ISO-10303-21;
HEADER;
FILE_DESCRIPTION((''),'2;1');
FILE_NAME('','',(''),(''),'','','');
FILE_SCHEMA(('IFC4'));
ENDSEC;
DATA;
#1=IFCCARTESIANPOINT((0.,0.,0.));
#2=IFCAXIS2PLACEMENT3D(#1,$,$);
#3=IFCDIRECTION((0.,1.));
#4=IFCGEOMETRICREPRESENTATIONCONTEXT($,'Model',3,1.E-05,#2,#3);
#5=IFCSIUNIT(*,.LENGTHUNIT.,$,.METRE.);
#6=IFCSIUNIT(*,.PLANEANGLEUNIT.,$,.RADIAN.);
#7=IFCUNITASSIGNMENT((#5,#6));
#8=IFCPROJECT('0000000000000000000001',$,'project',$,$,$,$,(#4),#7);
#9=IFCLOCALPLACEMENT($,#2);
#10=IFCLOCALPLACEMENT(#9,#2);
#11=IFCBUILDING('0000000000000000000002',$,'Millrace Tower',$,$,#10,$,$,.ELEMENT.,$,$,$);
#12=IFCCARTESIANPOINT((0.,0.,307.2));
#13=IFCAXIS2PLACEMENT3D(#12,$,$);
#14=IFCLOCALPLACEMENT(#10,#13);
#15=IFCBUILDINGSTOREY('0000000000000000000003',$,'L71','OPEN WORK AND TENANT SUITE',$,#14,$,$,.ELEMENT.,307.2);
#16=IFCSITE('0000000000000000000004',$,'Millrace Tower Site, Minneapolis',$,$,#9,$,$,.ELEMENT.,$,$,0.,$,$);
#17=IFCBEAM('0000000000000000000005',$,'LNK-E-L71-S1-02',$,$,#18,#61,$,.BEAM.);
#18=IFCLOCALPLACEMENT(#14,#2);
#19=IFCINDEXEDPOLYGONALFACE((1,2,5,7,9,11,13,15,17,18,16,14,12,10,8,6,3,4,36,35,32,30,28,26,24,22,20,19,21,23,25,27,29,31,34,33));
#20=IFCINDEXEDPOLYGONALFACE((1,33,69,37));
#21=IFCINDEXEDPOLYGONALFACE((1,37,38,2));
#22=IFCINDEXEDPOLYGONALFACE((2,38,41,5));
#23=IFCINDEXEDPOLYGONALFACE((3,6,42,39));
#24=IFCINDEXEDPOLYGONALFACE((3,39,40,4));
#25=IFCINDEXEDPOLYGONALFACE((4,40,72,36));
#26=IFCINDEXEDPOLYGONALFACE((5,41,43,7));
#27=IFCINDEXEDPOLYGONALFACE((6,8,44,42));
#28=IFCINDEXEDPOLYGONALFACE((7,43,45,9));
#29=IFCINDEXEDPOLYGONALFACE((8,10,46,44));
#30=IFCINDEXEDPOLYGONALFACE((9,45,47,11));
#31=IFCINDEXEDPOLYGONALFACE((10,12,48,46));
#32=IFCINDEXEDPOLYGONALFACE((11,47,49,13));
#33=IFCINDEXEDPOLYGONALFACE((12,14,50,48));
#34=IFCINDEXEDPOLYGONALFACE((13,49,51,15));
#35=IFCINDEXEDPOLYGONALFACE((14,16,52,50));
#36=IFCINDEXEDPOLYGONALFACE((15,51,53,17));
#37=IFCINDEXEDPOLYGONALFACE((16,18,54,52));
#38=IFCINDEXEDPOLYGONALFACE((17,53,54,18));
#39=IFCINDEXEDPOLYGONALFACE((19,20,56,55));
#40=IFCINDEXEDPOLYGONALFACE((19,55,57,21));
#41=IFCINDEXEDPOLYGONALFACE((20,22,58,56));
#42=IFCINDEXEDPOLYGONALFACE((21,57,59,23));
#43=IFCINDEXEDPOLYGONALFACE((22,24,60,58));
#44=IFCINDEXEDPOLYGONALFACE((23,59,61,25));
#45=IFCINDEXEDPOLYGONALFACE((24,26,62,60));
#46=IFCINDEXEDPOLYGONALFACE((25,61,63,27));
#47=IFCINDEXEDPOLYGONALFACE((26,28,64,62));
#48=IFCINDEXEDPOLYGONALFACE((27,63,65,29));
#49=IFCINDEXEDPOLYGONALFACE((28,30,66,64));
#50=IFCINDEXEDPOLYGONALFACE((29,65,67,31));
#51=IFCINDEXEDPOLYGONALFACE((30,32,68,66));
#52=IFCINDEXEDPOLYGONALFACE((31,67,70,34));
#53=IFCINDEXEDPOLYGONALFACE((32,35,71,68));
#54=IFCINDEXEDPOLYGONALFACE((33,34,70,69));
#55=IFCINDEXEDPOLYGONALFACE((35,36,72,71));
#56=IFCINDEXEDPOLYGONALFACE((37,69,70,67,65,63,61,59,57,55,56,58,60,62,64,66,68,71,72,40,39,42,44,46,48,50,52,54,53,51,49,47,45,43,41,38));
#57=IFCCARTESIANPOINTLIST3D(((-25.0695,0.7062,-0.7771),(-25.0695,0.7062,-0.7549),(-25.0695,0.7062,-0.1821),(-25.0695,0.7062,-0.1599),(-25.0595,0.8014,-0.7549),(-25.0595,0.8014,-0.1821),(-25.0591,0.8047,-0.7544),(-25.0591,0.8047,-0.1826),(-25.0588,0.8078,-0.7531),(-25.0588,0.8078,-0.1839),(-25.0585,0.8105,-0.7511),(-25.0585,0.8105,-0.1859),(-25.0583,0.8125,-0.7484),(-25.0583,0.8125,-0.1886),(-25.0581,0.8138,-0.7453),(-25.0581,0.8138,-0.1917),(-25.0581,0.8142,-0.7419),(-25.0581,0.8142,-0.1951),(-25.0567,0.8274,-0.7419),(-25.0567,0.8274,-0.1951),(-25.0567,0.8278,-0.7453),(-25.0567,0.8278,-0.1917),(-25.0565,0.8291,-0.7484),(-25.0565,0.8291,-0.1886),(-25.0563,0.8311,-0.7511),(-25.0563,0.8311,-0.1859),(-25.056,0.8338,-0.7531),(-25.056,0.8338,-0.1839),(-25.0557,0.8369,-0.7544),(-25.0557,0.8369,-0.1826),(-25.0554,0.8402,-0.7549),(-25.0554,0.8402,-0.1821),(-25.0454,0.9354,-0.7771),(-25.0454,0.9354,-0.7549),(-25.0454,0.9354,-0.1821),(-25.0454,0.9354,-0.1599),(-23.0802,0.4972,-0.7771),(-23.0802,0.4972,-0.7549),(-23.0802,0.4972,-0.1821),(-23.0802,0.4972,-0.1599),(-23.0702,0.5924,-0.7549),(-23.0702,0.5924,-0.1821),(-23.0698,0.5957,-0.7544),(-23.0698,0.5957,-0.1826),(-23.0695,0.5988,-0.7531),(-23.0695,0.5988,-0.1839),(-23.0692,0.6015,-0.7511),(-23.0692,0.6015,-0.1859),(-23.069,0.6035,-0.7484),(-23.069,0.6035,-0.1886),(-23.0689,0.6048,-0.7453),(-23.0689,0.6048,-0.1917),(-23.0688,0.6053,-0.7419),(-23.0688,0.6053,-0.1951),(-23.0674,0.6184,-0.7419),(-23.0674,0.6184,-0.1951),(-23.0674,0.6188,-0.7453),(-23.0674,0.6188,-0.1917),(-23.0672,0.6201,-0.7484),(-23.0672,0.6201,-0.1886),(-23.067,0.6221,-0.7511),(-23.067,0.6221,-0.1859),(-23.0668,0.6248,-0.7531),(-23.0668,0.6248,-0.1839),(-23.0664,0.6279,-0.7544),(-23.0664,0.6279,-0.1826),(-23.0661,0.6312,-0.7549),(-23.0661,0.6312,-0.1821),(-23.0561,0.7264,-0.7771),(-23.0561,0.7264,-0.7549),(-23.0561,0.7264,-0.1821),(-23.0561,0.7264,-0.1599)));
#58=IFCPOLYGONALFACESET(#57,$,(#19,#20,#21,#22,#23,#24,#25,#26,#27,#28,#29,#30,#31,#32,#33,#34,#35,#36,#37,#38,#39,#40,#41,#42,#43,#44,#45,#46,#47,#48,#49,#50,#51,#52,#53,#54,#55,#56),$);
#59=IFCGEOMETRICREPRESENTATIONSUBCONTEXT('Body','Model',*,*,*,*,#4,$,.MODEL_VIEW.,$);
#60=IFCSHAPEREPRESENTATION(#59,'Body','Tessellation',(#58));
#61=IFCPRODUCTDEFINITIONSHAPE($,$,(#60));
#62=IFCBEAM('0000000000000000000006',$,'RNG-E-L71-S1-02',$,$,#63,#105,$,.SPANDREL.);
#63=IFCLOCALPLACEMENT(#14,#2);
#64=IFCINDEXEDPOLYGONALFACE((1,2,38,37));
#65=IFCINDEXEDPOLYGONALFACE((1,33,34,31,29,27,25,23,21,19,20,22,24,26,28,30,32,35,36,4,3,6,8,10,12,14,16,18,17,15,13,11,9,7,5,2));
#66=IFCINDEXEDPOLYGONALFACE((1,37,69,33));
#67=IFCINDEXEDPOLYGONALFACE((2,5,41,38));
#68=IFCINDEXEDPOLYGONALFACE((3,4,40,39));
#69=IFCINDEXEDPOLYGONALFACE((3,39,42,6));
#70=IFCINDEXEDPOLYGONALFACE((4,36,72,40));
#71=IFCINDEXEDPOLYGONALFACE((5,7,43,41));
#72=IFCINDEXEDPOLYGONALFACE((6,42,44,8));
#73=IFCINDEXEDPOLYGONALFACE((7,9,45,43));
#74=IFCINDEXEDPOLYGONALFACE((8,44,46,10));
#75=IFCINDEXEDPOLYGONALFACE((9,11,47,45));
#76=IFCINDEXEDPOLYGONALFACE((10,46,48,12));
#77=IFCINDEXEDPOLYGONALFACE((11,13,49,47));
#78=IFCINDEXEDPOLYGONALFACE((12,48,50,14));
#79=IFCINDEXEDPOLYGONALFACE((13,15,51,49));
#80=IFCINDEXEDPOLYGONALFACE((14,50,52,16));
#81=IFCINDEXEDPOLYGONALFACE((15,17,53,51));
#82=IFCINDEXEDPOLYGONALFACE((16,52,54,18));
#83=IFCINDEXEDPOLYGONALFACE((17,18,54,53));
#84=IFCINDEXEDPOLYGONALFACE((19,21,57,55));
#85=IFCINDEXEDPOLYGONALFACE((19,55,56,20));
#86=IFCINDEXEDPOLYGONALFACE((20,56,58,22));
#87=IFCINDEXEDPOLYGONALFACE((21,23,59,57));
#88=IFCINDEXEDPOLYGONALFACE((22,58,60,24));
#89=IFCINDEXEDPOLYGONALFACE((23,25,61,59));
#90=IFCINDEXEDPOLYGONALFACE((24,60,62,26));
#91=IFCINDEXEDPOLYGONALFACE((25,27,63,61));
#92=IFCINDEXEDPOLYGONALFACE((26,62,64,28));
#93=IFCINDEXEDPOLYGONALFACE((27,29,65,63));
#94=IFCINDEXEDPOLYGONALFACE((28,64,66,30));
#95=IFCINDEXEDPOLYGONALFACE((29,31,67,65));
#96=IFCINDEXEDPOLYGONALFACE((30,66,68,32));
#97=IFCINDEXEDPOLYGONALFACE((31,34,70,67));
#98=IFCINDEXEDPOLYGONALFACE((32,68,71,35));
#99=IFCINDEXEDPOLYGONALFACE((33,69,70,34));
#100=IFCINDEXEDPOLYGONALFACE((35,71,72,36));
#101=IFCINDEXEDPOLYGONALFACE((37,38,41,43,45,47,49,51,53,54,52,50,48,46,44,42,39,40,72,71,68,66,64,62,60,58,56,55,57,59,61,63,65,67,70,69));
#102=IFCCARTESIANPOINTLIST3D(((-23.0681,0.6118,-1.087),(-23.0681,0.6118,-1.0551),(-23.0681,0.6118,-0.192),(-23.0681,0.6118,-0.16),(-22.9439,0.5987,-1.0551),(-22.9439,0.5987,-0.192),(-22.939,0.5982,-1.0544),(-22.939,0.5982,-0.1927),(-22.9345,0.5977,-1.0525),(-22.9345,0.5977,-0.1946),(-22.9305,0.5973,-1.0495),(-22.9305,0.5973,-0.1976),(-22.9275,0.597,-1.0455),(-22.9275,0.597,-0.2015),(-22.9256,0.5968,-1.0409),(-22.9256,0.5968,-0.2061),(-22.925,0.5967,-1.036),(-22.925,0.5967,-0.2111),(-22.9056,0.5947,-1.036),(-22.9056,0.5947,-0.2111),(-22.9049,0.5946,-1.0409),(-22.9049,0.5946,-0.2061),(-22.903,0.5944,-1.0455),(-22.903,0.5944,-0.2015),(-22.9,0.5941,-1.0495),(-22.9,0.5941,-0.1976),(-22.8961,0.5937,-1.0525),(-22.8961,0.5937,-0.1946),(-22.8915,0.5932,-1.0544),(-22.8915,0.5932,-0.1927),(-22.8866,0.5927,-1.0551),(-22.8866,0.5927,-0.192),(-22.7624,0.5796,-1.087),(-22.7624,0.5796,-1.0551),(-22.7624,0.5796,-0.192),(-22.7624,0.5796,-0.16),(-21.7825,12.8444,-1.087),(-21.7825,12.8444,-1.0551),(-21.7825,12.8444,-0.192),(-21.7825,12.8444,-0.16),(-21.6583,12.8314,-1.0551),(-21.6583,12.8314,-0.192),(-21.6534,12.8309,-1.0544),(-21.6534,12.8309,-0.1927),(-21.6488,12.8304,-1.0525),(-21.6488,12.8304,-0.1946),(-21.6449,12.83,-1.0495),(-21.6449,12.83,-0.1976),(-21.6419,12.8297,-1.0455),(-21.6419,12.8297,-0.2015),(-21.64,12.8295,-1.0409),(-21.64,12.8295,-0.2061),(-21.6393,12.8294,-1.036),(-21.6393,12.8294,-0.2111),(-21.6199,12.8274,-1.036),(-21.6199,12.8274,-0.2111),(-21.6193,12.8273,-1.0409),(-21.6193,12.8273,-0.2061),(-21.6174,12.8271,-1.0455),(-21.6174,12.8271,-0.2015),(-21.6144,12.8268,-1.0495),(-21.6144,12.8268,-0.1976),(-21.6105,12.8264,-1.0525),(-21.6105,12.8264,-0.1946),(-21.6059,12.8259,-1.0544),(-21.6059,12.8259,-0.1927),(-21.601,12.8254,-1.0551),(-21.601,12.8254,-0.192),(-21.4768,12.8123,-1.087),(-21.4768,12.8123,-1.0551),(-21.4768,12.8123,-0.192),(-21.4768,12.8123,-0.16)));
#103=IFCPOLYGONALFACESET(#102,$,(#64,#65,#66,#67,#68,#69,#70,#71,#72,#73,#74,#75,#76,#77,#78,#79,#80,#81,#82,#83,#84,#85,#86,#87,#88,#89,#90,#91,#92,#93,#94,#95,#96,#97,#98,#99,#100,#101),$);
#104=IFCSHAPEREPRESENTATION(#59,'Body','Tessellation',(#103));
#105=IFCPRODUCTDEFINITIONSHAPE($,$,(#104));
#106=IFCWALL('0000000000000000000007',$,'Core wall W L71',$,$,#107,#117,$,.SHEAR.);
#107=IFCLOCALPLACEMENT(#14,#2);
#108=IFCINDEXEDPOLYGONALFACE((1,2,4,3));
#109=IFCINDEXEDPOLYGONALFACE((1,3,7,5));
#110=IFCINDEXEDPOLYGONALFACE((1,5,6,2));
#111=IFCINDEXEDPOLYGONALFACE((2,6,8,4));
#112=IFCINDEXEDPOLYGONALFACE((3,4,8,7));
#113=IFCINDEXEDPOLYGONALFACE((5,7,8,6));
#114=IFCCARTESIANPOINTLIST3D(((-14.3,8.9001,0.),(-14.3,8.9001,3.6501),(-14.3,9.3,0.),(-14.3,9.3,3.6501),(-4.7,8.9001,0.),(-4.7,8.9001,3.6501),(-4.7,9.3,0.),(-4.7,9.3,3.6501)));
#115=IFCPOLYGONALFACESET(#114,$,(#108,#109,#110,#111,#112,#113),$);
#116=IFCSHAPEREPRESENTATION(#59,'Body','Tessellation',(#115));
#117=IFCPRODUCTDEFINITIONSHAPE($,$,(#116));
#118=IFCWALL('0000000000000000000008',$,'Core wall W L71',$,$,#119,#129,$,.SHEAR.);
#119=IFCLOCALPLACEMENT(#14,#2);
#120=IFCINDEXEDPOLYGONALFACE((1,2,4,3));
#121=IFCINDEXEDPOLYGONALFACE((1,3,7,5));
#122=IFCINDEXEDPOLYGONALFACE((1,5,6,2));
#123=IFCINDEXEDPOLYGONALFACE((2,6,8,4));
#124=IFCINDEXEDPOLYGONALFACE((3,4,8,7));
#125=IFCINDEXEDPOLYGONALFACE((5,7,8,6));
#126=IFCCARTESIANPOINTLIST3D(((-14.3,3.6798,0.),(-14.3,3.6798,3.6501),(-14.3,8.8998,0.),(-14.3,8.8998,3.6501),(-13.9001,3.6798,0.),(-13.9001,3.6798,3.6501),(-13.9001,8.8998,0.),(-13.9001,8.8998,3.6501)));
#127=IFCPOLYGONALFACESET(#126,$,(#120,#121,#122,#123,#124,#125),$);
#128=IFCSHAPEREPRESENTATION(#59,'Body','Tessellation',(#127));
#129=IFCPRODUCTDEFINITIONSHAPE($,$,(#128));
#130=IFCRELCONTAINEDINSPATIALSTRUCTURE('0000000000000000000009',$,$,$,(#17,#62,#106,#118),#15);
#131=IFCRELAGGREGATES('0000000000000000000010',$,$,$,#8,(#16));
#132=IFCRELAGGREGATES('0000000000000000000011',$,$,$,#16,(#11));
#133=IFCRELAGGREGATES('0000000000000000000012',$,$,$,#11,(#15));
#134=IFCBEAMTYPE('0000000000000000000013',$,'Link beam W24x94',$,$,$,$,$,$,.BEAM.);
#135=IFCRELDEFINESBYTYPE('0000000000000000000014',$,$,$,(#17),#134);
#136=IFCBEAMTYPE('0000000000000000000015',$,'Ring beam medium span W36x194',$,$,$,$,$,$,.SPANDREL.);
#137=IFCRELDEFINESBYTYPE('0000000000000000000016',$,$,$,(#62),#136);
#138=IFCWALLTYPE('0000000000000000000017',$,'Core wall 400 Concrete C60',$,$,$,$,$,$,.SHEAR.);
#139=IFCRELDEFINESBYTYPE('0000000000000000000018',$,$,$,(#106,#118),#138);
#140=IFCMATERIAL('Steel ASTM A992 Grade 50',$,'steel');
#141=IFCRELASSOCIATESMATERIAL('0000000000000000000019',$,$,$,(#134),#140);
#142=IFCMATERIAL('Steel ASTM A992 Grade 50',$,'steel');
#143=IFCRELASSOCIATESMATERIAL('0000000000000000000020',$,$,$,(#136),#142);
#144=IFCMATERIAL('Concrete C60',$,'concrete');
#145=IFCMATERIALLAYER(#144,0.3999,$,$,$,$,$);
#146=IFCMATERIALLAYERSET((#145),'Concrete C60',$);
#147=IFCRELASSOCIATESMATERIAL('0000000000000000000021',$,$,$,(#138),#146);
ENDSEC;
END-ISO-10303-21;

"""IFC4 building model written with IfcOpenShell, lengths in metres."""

from ifc_helpers import new_model, si_unit, direction, frame, frame_2d, origin, origin_2d, place, context, subcontext, project, spatial, rectangle, i_section, extrude, material, layer, layer_set, material_profile, profile_set, type_object, element, save


model = new_model("IFC4")

# Units and contexts
model_context = context("Model", 3, precision=1e-05, world=origin(), true_north=direction((0.0, 1.0)))
body_context = subcontext(model_context, "Body", "Model", "MODEL_VIEW")
ifc_project = project(units=[si_unit("LENGTHUNIT", "METRE"), si_unit("PLANEANGLEUNIT", "RADIAN")], contexts=[model_context])

# Site, building, storey
site_placement = place(None, origin())
site = spatial("IfcSite", under=ifc_project, at=site_placement, Name="Millrace Tower Site, Minneapolis", CompositionType="ELEMENT", RefElevation=0.0)
building_placement = place(site_placement, origin())
building = spatial("IfcBuilding", under=site, at=building_placement, Name="Millrace Tower", CompositionType="ELEMENT")
storey_placement = place(building_placement, frame((0.0, 0.0, 307.2)))
storey = spatial("IfcBuildingStorey", under=building, at=storey_placement, Name="L71", Description="OPEN WORK AND TENANT SUITE", CompositionType="ELEMENT", Elevation=307.2)

# Beams
ifc_material_1 = material(Name="Steel ASTM A992 Grade 50", Category="steel")
ifc_material_profile_1 = material_profile(ifc_material_1, i_section(OverallWidth=0.2305, OverallDepth=0.6172, WebThickness=0.0132, FlangeThickness=0.0222, FilletRadius=0.0129, at=origin_2d()))
ifc_profile_set_1 = profile_set([ifc_material_profile_1], Name="Steel ASTM A992 Grade 50")
beam_type_1 = type_object("IfcBeamType", Name="Link beam W24x94", PredefinedType="BEAM", material=ifc_profile_set_1)
beam_1_placement = place(storey_placement, frame((-23.0681, 0.6118, -0.4685), z_axis=(-0.994527, 0.104481, 0.0), x_axis=(-0.104481, -0.994527, 0.0)))
element("IfcBeam", 1, at=beam_1_placement, inside=storey, type_object=beam_type_1, Name="LNK-E-L71-S1-02", PredefinedType="BEAM", context=body_context, shape_type="SweptSolid", body=[
    extrude(i_section(OverallWidth=0.2305, OverallDepth=0.6172, WebThickness=0.0132, FlangeThickness=0.0222, FilletRadius=0.0129, at=origin_2d()), origin(), (0.0, 0.0, 1.0), 2.0002),
])
ifc_material_2 = material(Name="Steel ASTM A992 Grade 50", Category="steel")
ifc_material_profile_2 = material_profile(ifc_material_2, i_section(OverallWidth=0.3074, OverallDepth=0.927, WebThickness=0.0195, FlangeThickness=0.032, FilletRadius=0.019, at=origin_2d()))
ifc_profile_set_2 = profile_set([ifc_material_profile_2], Name="Steel ASTM A992 Grade 50")
beam_type_2 = type_object("IfcBeamType", Name="Ring beam medium span W36x194", PredefinedType="SPANDREL", material=ifc_profile_set_2)
beam_2_placement = place(storey_placement, frame((-22.9153, 0.5957, -0.6235), z_axis=(0.104524, 0.994522, 0.0), x_axis=(-0.994522, 0.104524, 0.0)))
element("IfcBeam", 2, at=beam_2_placement, inside=storey, type_object=beam_type_2, Name="RNG-E-L71-S1-02", PredefinedType="SPANDREL", context=body_context, shape_type="SweptSolid", body=[
    extrude(i_section(OverallWidth=0.3074, OverallDepth=0.927, WebThickness=0.0195, FlangeThickness=0.032, FilletRadius=0.019, at=origin_2d()), origin(), (0.0, 0.0, 1.0), 12.3),
])

# Walls
ifc_material_3 = material(Name="Concrete C60", Category="concrete")
ifc_layer_1 = layer(ifc_material_3, 0.3999)
ifc_layer_set_1 = layer_set([ifc_layer_1], Name="Concrete C60")
wall_type_1 = type_object("IfcWallType", Name="Core wall 400 Concrete C60", PredefinedType="SHEAR", material=ifc_layer_set_1)
wall_1_placement = place(storey_placement, frame((-14.3, 9.1001, 0.0), z_axis=(0.0, 0.0, 1.0), x_axis=(1.0, 0.0, 0.0)))
element("IfcWall", 3, at=wall_1_placement, inside=storey, type_object=wall_type_1, Name="Core wall W L71", PredefinedType="SHEAR", context=body_context, shape_type="SweptSolid", body=[
    extrude(rectangle(XDim=9.6001, YDim=0.3999, at=frame_2d((4.8, 0.0))), origin(), (0.0, 0.0, 1.0), 3.6501),
])
wall_2_placement = place(storey_placement, frame((-14.1001, 3.6799, 0.0), z_axis=(0.0, 0.0, 1.0), x_axis=(0.0, 1.0, 0.0)))
element("IfcWall", 4, at=wall_2_placement, inside=storey, type_object=wall_type_1, Name="Core wall W L71", PredefinedType="SHEAR", context=body_context, shape_type="SweptSolid", body=[
    extrude(rectangle(XDim=5.22, YDim=0.3999, at=frame_2d((2.6099, 0.0))), origin(), (0.0, 0.0, 1.0), 3.6501),
])

save(model, "model.ifc")
